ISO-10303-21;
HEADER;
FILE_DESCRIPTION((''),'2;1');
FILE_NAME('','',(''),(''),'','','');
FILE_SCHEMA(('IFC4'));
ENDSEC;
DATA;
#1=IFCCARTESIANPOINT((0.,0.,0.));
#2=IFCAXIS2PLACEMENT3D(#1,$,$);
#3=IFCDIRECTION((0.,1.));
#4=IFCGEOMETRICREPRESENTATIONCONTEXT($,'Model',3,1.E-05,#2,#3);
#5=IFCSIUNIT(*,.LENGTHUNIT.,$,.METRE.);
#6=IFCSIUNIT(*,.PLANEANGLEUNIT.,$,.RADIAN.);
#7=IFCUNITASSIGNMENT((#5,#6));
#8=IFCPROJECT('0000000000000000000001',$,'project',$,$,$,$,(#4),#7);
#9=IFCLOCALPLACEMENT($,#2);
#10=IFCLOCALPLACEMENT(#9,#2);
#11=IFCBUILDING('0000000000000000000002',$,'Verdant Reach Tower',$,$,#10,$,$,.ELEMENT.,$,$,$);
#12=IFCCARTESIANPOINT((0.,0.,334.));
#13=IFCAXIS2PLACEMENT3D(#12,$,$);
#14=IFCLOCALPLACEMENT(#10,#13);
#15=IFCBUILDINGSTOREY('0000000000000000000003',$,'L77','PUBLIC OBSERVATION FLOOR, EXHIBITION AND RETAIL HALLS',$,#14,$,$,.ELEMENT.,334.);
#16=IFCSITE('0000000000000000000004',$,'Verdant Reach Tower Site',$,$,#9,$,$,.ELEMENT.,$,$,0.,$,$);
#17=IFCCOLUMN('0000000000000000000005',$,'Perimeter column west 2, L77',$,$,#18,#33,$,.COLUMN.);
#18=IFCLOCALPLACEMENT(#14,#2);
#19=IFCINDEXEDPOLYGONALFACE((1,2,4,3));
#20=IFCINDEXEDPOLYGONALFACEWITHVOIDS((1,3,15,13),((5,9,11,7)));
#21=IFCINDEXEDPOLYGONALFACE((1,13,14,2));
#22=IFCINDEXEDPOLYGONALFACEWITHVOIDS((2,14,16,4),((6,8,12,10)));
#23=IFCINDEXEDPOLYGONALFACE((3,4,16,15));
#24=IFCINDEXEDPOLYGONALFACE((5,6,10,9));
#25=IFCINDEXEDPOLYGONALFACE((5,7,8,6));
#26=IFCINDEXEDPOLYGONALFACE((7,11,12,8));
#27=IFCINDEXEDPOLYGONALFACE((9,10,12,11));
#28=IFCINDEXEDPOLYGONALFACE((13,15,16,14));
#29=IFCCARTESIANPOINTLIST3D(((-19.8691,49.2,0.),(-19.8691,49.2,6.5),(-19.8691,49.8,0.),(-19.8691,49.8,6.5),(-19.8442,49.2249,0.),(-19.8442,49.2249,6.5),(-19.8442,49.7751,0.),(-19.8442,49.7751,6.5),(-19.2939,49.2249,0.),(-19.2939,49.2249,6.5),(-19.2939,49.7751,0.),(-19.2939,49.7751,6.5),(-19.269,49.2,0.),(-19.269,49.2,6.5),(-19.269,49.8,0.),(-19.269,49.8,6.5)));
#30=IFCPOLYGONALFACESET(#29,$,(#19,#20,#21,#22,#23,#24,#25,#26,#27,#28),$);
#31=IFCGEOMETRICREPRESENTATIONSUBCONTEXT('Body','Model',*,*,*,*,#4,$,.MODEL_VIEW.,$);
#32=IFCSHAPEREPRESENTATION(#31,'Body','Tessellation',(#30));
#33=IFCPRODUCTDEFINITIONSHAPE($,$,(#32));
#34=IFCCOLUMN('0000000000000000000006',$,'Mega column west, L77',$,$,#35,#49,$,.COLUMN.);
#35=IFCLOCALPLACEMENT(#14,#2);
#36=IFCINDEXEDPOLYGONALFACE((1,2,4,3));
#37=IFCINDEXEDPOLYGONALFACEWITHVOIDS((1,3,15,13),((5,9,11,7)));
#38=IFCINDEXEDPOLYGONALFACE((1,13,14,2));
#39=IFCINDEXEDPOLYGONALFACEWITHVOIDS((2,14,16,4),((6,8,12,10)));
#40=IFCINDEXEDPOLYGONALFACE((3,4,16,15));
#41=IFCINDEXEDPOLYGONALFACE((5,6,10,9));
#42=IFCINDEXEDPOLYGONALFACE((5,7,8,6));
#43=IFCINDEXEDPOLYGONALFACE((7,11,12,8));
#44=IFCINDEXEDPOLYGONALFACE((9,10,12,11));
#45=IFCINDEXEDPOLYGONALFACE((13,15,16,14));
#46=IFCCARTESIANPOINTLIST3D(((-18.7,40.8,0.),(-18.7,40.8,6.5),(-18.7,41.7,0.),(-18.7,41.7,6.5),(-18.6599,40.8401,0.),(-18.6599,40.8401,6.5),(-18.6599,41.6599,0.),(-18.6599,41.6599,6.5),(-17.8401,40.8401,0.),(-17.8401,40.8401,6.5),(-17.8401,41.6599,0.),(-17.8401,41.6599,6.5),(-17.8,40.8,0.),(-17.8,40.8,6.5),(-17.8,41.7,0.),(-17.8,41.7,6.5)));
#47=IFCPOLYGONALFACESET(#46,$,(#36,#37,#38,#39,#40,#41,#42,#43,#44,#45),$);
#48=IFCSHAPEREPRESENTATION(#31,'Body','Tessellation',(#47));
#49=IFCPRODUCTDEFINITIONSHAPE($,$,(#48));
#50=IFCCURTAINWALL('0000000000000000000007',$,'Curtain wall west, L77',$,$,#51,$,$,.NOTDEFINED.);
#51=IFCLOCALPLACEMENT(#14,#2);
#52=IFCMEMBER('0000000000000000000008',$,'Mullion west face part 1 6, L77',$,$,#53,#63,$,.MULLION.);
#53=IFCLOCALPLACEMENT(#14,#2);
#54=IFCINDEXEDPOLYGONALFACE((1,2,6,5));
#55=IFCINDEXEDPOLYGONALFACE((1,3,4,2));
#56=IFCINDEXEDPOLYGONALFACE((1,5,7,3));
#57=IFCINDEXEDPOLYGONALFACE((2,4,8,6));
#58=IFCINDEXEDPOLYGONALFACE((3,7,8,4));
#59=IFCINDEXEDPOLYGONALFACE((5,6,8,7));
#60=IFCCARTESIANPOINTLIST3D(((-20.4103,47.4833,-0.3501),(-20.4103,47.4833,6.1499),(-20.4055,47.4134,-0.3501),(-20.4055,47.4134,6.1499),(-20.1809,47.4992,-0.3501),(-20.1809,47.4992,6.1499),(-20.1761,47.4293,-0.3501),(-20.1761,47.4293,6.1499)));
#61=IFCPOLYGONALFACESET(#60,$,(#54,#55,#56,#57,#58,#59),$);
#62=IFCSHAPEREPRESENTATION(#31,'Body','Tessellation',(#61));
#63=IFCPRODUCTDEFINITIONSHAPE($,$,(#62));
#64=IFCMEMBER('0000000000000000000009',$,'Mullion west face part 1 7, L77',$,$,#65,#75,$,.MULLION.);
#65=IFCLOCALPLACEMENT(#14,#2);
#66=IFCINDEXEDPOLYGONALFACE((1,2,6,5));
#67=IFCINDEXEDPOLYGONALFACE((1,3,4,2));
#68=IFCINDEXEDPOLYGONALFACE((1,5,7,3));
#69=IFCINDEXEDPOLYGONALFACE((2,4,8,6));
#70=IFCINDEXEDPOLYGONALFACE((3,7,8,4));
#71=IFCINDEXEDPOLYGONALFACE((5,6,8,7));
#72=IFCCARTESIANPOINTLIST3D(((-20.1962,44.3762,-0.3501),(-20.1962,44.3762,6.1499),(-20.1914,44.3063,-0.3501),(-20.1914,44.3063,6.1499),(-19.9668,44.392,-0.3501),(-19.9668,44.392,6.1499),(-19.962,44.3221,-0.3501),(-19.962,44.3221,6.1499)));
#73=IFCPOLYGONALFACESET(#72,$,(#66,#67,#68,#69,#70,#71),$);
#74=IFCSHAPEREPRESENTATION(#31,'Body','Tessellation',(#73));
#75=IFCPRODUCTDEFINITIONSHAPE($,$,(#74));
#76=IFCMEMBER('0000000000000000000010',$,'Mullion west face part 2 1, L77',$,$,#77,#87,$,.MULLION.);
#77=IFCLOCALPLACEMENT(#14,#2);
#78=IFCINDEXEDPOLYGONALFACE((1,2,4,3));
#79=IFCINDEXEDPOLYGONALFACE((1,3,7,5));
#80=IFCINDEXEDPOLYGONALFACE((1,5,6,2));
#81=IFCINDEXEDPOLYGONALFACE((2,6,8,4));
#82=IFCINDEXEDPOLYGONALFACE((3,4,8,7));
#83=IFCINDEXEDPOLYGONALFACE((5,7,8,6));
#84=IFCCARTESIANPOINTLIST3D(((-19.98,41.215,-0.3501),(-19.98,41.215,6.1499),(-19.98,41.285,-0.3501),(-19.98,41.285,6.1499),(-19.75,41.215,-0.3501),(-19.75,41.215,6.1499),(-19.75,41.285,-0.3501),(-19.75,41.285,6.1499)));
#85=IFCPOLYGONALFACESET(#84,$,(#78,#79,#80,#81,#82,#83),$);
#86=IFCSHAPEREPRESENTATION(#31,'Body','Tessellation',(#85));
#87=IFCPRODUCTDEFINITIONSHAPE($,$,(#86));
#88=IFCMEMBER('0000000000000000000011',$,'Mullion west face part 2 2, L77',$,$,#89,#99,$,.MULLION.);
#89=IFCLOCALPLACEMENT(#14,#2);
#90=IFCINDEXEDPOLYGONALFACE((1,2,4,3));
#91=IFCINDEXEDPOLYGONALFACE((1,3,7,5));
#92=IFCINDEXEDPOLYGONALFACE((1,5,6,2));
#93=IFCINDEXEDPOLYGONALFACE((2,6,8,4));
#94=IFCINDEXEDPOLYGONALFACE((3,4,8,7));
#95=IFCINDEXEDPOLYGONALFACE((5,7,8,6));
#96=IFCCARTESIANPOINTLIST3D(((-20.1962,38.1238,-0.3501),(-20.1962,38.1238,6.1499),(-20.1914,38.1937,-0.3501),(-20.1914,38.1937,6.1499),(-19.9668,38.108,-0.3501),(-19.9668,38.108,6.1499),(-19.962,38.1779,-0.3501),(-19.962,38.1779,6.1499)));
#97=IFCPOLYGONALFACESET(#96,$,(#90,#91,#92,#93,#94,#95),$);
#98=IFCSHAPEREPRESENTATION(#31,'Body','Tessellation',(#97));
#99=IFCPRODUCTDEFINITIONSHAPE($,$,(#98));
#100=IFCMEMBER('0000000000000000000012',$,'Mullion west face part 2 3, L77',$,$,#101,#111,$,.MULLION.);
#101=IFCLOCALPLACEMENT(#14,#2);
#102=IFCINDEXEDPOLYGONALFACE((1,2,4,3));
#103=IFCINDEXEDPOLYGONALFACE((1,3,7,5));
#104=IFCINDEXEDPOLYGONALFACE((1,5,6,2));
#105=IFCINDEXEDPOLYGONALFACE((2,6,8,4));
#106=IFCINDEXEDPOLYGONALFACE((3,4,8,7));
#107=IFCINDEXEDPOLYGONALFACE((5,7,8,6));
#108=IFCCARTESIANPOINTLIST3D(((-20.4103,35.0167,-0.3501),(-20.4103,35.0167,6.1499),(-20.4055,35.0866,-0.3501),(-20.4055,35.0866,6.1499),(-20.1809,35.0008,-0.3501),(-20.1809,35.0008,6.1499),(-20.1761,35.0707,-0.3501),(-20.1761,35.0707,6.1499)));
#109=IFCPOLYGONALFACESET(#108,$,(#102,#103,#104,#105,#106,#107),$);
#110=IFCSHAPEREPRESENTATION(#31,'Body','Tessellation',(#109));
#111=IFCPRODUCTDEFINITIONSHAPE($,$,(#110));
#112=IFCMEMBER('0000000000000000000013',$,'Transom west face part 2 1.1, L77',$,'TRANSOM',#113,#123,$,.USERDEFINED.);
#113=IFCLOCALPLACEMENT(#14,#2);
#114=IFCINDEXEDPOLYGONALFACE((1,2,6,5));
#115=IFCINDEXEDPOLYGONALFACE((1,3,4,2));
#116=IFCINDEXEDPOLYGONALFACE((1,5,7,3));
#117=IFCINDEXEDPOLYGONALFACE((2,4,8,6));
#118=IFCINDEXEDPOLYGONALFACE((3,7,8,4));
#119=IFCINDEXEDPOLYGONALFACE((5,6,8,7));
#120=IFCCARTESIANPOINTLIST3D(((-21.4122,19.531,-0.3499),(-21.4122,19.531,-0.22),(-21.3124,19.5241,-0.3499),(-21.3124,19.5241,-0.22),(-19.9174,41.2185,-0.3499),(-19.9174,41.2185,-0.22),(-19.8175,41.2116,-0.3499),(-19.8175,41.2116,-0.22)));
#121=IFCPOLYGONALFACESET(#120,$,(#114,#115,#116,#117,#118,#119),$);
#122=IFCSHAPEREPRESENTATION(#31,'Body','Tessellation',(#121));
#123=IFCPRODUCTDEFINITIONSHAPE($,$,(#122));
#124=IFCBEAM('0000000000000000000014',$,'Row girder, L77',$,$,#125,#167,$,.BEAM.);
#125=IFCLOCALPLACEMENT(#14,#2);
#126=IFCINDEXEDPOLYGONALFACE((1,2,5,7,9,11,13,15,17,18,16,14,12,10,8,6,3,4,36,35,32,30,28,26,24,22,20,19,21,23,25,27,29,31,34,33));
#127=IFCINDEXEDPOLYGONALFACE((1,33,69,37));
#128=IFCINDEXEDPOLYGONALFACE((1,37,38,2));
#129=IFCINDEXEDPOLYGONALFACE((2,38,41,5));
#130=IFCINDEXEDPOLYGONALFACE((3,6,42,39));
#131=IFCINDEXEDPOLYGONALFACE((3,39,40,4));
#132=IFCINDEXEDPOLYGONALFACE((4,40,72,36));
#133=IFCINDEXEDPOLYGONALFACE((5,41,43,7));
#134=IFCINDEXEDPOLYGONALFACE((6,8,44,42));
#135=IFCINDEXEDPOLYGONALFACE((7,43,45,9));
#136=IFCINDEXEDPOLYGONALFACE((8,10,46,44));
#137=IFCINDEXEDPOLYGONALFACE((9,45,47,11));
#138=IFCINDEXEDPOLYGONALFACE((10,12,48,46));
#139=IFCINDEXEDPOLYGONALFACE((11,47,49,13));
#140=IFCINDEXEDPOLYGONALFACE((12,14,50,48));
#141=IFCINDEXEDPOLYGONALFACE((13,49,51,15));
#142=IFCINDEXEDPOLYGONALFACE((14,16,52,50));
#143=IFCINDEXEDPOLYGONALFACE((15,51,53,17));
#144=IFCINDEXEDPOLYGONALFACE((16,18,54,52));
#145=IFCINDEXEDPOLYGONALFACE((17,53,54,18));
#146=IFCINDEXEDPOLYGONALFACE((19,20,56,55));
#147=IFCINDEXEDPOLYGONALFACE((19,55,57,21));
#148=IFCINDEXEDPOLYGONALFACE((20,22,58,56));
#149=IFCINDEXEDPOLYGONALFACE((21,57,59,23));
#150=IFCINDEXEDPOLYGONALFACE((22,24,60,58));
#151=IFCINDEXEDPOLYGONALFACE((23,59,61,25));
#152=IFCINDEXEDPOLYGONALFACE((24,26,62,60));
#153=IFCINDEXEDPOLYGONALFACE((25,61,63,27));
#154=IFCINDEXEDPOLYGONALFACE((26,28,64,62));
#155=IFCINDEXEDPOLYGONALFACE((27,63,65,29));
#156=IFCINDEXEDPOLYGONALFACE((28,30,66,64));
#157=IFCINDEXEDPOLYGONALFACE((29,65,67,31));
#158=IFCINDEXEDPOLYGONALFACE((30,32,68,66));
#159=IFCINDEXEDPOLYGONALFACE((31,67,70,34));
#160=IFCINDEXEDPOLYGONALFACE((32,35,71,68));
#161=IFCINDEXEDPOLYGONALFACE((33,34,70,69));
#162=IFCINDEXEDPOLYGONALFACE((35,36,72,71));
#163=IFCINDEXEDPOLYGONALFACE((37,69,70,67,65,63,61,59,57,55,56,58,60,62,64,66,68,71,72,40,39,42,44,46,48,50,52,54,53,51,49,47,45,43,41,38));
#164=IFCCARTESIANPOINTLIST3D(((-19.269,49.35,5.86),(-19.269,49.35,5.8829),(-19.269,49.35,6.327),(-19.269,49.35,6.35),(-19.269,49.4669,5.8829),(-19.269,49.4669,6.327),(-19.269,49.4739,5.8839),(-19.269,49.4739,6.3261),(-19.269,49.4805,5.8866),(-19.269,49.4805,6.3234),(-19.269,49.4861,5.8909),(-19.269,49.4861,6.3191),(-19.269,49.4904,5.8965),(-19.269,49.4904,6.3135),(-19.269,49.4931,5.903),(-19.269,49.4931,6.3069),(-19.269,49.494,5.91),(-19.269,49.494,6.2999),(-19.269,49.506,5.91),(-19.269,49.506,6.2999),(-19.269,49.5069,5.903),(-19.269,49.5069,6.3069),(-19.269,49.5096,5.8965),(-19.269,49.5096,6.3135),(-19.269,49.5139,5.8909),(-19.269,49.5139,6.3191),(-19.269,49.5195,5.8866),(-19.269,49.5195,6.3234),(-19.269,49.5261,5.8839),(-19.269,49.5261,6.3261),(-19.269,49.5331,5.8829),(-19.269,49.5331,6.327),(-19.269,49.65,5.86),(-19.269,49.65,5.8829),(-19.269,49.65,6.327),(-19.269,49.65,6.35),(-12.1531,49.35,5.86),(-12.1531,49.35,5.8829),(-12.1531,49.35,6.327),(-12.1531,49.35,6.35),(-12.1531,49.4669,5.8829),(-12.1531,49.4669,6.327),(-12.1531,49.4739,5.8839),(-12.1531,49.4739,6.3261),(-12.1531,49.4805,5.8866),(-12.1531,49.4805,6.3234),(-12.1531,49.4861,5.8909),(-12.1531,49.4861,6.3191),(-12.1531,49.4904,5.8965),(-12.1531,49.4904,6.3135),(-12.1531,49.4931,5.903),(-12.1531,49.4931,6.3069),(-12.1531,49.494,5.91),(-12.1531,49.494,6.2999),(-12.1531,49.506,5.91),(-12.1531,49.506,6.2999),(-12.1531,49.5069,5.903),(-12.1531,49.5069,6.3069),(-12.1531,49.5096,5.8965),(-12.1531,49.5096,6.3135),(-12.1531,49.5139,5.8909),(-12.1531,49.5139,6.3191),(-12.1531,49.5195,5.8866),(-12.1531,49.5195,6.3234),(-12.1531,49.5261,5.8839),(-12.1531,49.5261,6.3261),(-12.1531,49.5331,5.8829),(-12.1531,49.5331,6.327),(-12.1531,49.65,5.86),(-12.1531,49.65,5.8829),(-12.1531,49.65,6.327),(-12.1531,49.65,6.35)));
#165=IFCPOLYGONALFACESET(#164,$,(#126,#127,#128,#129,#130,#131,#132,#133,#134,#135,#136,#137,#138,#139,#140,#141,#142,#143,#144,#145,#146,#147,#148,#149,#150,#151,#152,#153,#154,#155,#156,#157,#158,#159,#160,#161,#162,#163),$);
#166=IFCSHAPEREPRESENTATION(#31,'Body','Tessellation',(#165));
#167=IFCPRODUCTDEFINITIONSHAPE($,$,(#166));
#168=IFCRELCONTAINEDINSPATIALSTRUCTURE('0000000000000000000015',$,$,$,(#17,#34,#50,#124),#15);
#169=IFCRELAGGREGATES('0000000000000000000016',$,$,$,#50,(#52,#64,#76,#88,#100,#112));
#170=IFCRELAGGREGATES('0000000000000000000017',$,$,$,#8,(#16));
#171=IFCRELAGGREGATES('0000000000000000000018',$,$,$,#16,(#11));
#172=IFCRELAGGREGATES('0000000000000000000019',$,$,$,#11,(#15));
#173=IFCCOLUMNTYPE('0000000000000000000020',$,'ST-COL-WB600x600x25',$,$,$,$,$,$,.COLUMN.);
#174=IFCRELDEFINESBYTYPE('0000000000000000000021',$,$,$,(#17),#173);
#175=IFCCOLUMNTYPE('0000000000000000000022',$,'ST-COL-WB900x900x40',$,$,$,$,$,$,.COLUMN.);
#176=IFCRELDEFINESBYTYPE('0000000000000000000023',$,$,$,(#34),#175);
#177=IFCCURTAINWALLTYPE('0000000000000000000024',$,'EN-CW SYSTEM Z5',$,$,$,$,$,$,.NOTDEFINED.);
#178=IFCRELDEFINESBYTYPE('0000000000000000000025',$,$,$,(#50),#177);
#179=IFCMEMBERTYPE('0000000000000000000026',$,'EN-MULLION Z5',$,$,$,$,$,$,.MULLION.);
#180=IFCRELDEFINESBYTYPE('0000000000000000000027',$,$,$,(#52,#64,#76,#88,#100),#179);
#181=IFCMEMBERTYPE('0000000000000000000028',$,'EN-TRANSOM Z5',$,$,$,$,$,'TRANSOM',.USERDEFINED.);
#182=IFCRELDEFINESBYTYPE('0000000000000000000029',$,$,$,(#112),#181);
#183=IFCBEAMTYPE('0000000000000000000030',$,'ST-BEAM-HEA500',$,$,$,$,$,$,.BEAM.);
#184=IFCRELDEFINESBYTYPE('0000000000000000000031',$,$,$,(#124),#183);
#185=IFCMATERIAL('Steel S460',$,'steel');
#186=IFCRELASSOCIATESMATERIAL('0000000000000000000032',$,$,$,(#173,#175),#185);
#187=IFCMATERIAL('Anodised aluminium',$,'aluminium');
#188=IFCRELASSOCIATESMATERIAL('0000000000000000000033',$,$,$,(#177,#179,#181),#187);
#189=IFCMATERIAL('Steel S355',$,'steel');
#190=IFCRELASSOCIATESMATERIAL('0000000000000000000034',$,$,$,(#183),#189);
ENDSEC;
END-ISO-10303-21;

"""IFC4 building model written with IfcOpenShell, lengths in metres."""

from ifc_helpers import new_model, si_unit, direction, frame, origin, origin_2d, place, context, subcontext, project, spatial, rectangle, hollow_rectangle, i_section, extrude, material, material_profile, profile_set, type_object, element, aggregate, save


model = new_model("IFC4")

# Units and contexts
model_context = context("Model", 3, precision=1e-05, world=origin(), true_north=direction((0.0, 1.0)))
body_context = subcontext(model_context, "Body", "Model", "MODEL_VIEW")
ifc_project = project(units=[si_unit("LENGTHUNIT", "METRE"), si_unit("PLANEANGLEUNIT", "RADIAN")], contexts=[model_context])

# Site, building, storey
site_placement = place(None, origin())
site = spatial("IfcSite", under=ifc_project, at=site_placement, Name="Verdant Reach Tower Site", CompositionType="ELEMENT", RefElevation=0.0)
building_placement = place(site_placement, origin())
building = spatial("IfcBuilding", under=site, at=building_placement, Name="Verdant Reach Tower", CompositionType="ELEMENT")
storey_placement = place(building_placement, frame((0.0, 0.0, 334.0)))
storey = spatial("IfcBuildingStorey", under=building, at=storey_placement, Name="L77", Description="PUBLIC OBSERVATION FLOOR, EXHIBITION AND RETAIL HALLS", CompositionType="ELEMENT", Elevation=334.0)

# Columns
ifc_material_1 = material(Name="Steel S460", Category="steel")
ifc_material_profile_1 = material_profile(ifc_material_1, hollow_rectangle(XDim=0.6001, YDim=0.6001, WallThickness=0.0249, at=origin_2d()), Name="WB 600x600x25")
ifc_profile_set_1 = profile_set([ifc_material_profile_1], Name="Steel S460")
column_type_1 = type_object("IfcColumnType", Name="ST-COL-WB600x600x25", PredefinedType="COLUMN", material=ifc_profile_set_1)
column_1_placement = place(storey_placement, frame((-19.5691, 49.5, 0.0), z_axis=(0.0, 0.0, 1.0), x_axis=(1.0, 0.0, 0.0)))
element("IfcColumn", 1, at=column_1_placement, inside=storey, type_object=column_type_1, Name="Perimeter column west 2, L77", PredefinedType="COLUMN", context=body_context, shape_type="SweptSolid", body=[
    extrude(hollow_rectangle(XDim=0.6001, YDim=0.6001, WallThickness=0.0249, at=origin_2d()), origin(), (0.0, 0.0, 1.0), 6.5),
])
ifc_material_profile_2 = material_profile(ifc_material_1, hollow_rectangle(XDim=0.8999, YDim=0.8999, WallThickness=0.04, at=origin_2d()), Name="WB 900x900x40")
ifc_profile_set_2 = profile_set([ifc_material_profile_2], Name="Steel S460")
column_type_2 = type_object("IfcColumnType", Name="ST-COL-WB900x900x40", PredefinedType="COLUMN", material=ifc_profile_set_2)
column_2_placement = place(storey_placement, frame((-18.25, 41.25, 0.0), z_axis=(0.0, 0.0, 1.0), x_axis=(1.0, 0.0, 0.0)))
element("IfcColumn", 2, at=column_2_placement, inside=storey, type_object=column_type_2, Name="Mega column west, L77", PredefinedType="COLUMN", context=body_context, shape_type="SweptSolid", body=[
    extrude(hollow_rectangle(XDim=0.8999, YDim=0.8999, WallThickness=0.04, at=origin_2d()), origin(), (0.0, 0.0, 1.0), 6.5),
])

# Curtain wall, members
ifc_material_2 = material(Name="Anodised aluminium", Category="aluminium")
curtain_wall_type = type_object("IfcCurtainWallType", Name="EN-CW SYSTEM Z5", PredefinedType="NOTDEFINED", material=ifc_material_2)
curtain_wall_placement = place(storey_placement, origin())
curtain_wall = element("IfcCurtainWall", 3, at=curtain_wall_placement, inside=storey, type_object=curtain_wall_type, Name="Curtain wall west, L77", PredefinedType="NOTDEFINED")
ifc_material_profile_3 = material_profile(ifc_material_2, rectangle(XDim=0.23, YDim=0.0701, at=origin_2d()), Name="Mullion 70x230")
ifc_profile_set_3 = profile_set([ifc_material_profile_3], Name="Anodised aluminium")
member_type_1 = type_object("IfcMemberType", Name="EN-MULLION Z5", PredefinedType="MULLION", material=ifc_profile_set_3)
member_1_placement = place(storey_placement, frame((-20.2932, 47.4563, -0.3501), z_axis=(0.0, 0.0, 1.0), x_axis=(-0.99763, -0.068802, 0.0)))
member_1 = element("IfcMember", 4, at=member_1_placement, type_object=member_type_1, Name="Mullion west face part 1 6, L77", PredefinedType="MULLION", context=body_context, shape_type="SweptSolid", body=[
    extrude(rectangle(XDim=0.23, YDim=0.0701, at=origin_2d()), origin(), (0.0, 0.0, 1.0), 6.5),
])
member_2_placement = place(storey_placement, frame((-20.0791, 44.3491, -0.3501), z_axis=(0.0, 0.0, 1.0), x_axis=(-0.99763, -0.068802, 0.0)))
member_2 = element("IfcMember", 5, at=member_2_placement, type_object=member_type_1, Name="Mullion west face part 1 7, L77", PredefinedType="MULLION", context=body_context, shape_type="SweptSolid", body=[
    extrude(rectangle(XDim=0.23, YDim=0.0701, at=origin_2d()), origin(), (0.0, 0.0, 1.0), 6.5),
])
member_3_placement = place(storey_placement, frame((-19.865, 41.25, -0.3501), z_axis=(0.0, 0.0, 1.0), x_axis=(-1.0, 0.0, 0.0)))
member_3 = element("IfcMember", 6, at=member_3_placement, type_object=member_type_1, Name="Mullion west face part 2 1, L77", PredefinedType="MULLION", context=body_context, shape_type="SweptSolid", body=[
    extrude(rectangle(XDim=0.23, YDim=0.0701, at=origin_2d()), origin(), (0.0, 0.0, 1.0), 6.5),
])
member_4_placement = place(storey_placement, frame((-20.0791, 38.1509, -0.3501), z_axis=(0.0, 0.0, 1.0), x_axis=(-0.99763, 0.068802, 0.0)))
member_4 = element("IfcMember", 7, at=member_4_placement, type_object=member_type_1, Name="Mullion west face part 2 2, L77", PredefinedType="MULLION", context=body_context, shape_type="SweptSolid", body=[
    extrude(rectangle(XDim=0.23, YDim=0.0701, at=origin_2d()), origin(), (0.0, 0.0, 1.0), 6.5),
])
member_5_placement = place(storey_placement, frame((-20.2932, 35.0437, -0.3501), z_axis=(0.0, 0.0, 1.0), x_axis=(-0.99763, 0.068802, 0.0)))
member_5 = element("IfcMember", 8, at=member_5_placement, type_object=member_type_1, Name="Mullion west face part 2 3, L77", PredefinedType="MULLION", context=body_context, shape_type="SweptSolid", body=[
    extrude(rectangle(XDim=0.23, YDim=0.0701, at=origin_2d()), origin(), (0.0, 0.0, 1.0), 6.5),
])
ifc_material_profile_4 = material_profile(ifc_material_2, rectangle(XDim=0.1001, YDim=0.1299, at=origin_2d()), Name="Transom 130x100")
ifc_profile_set_4 = profile_set([ifc_material_profile_4], Name="Anodised aluminium")
member_type_2 = type_object("IfcMemberType", Name="EN-TRANSOM Z5", ElementType="TRANSOM", PredefinedType="USERDEFINED", material=ifc_profile_set_4)
member_6_placement = place(storey_placement, frame((-19.8674, 41.2151, -0.2849), z_axis=(-0.068765, -0.997633, 0.0), x_axis=(0.997633, -0.068765, 0.0)))
member_6 = element("IfcMember", 9, at=member_6_placement, type_object=member_type_2, Name="Transom west face part 2 1.1, L77", ObjectType="TRANSOM", PredefinedType="USERDEFINED", context=body_context, shape_type="SweptSolid", body=[
    extrude(rectangle(XDim=0.1001, YDim=0.1299, at=origin_2d()), origin(), (0.0, 0.0, 1.0), 21.739),
])

# Beam
ifc_material_3 = material(Name="Steel S355", Category="steel")
ifc_material_profile_5 = material_profile(ifc_material_3, i_section(OverallWidth=0.3, OverallDepth=0.49, WebThickness=0.012, FlangeThickness=0.0229, FilletRadius=0.0271, at=origin_2d()), Name="HEA 500")
ifc_profile_set_5 = profile_set([ifc_material_profile_5], Name="Steel S355")
beam_type_1 = type_object("IfcBeamType", Name="ST-BEAM-HEA500", PredefinedType="BEAM", material=ifc_profile_set_5)
beam_1_placement = place(storey_placement, frame((-19.269, 49.5, 6.105), z_axis=(1.0, 0.0, 0.0), x_axis=(0.0, 1.0, 0.0)))
element("IfcBeam", 10, at=beam_1_placement, inside=storey, type_object=beam_type_1, Name="Row girder, L77", PredefinedType="BEAM", context=body_context, shape_type="SweptSolid", body=[
    extrude(i_section(OverallWidth=0.3, OverallDepth=0.49, WebThickness=0.012, FlangeThickness=0.0229, FilletRadius=0.0271, at=origin_2d()), origin(), (0.0, 0.0, 1.0), 7.116),
])

aggregate(curtain_wall, [member_1, member_2, member_3, member_4, member_5, member_6])

save(model, "model.ifc")
